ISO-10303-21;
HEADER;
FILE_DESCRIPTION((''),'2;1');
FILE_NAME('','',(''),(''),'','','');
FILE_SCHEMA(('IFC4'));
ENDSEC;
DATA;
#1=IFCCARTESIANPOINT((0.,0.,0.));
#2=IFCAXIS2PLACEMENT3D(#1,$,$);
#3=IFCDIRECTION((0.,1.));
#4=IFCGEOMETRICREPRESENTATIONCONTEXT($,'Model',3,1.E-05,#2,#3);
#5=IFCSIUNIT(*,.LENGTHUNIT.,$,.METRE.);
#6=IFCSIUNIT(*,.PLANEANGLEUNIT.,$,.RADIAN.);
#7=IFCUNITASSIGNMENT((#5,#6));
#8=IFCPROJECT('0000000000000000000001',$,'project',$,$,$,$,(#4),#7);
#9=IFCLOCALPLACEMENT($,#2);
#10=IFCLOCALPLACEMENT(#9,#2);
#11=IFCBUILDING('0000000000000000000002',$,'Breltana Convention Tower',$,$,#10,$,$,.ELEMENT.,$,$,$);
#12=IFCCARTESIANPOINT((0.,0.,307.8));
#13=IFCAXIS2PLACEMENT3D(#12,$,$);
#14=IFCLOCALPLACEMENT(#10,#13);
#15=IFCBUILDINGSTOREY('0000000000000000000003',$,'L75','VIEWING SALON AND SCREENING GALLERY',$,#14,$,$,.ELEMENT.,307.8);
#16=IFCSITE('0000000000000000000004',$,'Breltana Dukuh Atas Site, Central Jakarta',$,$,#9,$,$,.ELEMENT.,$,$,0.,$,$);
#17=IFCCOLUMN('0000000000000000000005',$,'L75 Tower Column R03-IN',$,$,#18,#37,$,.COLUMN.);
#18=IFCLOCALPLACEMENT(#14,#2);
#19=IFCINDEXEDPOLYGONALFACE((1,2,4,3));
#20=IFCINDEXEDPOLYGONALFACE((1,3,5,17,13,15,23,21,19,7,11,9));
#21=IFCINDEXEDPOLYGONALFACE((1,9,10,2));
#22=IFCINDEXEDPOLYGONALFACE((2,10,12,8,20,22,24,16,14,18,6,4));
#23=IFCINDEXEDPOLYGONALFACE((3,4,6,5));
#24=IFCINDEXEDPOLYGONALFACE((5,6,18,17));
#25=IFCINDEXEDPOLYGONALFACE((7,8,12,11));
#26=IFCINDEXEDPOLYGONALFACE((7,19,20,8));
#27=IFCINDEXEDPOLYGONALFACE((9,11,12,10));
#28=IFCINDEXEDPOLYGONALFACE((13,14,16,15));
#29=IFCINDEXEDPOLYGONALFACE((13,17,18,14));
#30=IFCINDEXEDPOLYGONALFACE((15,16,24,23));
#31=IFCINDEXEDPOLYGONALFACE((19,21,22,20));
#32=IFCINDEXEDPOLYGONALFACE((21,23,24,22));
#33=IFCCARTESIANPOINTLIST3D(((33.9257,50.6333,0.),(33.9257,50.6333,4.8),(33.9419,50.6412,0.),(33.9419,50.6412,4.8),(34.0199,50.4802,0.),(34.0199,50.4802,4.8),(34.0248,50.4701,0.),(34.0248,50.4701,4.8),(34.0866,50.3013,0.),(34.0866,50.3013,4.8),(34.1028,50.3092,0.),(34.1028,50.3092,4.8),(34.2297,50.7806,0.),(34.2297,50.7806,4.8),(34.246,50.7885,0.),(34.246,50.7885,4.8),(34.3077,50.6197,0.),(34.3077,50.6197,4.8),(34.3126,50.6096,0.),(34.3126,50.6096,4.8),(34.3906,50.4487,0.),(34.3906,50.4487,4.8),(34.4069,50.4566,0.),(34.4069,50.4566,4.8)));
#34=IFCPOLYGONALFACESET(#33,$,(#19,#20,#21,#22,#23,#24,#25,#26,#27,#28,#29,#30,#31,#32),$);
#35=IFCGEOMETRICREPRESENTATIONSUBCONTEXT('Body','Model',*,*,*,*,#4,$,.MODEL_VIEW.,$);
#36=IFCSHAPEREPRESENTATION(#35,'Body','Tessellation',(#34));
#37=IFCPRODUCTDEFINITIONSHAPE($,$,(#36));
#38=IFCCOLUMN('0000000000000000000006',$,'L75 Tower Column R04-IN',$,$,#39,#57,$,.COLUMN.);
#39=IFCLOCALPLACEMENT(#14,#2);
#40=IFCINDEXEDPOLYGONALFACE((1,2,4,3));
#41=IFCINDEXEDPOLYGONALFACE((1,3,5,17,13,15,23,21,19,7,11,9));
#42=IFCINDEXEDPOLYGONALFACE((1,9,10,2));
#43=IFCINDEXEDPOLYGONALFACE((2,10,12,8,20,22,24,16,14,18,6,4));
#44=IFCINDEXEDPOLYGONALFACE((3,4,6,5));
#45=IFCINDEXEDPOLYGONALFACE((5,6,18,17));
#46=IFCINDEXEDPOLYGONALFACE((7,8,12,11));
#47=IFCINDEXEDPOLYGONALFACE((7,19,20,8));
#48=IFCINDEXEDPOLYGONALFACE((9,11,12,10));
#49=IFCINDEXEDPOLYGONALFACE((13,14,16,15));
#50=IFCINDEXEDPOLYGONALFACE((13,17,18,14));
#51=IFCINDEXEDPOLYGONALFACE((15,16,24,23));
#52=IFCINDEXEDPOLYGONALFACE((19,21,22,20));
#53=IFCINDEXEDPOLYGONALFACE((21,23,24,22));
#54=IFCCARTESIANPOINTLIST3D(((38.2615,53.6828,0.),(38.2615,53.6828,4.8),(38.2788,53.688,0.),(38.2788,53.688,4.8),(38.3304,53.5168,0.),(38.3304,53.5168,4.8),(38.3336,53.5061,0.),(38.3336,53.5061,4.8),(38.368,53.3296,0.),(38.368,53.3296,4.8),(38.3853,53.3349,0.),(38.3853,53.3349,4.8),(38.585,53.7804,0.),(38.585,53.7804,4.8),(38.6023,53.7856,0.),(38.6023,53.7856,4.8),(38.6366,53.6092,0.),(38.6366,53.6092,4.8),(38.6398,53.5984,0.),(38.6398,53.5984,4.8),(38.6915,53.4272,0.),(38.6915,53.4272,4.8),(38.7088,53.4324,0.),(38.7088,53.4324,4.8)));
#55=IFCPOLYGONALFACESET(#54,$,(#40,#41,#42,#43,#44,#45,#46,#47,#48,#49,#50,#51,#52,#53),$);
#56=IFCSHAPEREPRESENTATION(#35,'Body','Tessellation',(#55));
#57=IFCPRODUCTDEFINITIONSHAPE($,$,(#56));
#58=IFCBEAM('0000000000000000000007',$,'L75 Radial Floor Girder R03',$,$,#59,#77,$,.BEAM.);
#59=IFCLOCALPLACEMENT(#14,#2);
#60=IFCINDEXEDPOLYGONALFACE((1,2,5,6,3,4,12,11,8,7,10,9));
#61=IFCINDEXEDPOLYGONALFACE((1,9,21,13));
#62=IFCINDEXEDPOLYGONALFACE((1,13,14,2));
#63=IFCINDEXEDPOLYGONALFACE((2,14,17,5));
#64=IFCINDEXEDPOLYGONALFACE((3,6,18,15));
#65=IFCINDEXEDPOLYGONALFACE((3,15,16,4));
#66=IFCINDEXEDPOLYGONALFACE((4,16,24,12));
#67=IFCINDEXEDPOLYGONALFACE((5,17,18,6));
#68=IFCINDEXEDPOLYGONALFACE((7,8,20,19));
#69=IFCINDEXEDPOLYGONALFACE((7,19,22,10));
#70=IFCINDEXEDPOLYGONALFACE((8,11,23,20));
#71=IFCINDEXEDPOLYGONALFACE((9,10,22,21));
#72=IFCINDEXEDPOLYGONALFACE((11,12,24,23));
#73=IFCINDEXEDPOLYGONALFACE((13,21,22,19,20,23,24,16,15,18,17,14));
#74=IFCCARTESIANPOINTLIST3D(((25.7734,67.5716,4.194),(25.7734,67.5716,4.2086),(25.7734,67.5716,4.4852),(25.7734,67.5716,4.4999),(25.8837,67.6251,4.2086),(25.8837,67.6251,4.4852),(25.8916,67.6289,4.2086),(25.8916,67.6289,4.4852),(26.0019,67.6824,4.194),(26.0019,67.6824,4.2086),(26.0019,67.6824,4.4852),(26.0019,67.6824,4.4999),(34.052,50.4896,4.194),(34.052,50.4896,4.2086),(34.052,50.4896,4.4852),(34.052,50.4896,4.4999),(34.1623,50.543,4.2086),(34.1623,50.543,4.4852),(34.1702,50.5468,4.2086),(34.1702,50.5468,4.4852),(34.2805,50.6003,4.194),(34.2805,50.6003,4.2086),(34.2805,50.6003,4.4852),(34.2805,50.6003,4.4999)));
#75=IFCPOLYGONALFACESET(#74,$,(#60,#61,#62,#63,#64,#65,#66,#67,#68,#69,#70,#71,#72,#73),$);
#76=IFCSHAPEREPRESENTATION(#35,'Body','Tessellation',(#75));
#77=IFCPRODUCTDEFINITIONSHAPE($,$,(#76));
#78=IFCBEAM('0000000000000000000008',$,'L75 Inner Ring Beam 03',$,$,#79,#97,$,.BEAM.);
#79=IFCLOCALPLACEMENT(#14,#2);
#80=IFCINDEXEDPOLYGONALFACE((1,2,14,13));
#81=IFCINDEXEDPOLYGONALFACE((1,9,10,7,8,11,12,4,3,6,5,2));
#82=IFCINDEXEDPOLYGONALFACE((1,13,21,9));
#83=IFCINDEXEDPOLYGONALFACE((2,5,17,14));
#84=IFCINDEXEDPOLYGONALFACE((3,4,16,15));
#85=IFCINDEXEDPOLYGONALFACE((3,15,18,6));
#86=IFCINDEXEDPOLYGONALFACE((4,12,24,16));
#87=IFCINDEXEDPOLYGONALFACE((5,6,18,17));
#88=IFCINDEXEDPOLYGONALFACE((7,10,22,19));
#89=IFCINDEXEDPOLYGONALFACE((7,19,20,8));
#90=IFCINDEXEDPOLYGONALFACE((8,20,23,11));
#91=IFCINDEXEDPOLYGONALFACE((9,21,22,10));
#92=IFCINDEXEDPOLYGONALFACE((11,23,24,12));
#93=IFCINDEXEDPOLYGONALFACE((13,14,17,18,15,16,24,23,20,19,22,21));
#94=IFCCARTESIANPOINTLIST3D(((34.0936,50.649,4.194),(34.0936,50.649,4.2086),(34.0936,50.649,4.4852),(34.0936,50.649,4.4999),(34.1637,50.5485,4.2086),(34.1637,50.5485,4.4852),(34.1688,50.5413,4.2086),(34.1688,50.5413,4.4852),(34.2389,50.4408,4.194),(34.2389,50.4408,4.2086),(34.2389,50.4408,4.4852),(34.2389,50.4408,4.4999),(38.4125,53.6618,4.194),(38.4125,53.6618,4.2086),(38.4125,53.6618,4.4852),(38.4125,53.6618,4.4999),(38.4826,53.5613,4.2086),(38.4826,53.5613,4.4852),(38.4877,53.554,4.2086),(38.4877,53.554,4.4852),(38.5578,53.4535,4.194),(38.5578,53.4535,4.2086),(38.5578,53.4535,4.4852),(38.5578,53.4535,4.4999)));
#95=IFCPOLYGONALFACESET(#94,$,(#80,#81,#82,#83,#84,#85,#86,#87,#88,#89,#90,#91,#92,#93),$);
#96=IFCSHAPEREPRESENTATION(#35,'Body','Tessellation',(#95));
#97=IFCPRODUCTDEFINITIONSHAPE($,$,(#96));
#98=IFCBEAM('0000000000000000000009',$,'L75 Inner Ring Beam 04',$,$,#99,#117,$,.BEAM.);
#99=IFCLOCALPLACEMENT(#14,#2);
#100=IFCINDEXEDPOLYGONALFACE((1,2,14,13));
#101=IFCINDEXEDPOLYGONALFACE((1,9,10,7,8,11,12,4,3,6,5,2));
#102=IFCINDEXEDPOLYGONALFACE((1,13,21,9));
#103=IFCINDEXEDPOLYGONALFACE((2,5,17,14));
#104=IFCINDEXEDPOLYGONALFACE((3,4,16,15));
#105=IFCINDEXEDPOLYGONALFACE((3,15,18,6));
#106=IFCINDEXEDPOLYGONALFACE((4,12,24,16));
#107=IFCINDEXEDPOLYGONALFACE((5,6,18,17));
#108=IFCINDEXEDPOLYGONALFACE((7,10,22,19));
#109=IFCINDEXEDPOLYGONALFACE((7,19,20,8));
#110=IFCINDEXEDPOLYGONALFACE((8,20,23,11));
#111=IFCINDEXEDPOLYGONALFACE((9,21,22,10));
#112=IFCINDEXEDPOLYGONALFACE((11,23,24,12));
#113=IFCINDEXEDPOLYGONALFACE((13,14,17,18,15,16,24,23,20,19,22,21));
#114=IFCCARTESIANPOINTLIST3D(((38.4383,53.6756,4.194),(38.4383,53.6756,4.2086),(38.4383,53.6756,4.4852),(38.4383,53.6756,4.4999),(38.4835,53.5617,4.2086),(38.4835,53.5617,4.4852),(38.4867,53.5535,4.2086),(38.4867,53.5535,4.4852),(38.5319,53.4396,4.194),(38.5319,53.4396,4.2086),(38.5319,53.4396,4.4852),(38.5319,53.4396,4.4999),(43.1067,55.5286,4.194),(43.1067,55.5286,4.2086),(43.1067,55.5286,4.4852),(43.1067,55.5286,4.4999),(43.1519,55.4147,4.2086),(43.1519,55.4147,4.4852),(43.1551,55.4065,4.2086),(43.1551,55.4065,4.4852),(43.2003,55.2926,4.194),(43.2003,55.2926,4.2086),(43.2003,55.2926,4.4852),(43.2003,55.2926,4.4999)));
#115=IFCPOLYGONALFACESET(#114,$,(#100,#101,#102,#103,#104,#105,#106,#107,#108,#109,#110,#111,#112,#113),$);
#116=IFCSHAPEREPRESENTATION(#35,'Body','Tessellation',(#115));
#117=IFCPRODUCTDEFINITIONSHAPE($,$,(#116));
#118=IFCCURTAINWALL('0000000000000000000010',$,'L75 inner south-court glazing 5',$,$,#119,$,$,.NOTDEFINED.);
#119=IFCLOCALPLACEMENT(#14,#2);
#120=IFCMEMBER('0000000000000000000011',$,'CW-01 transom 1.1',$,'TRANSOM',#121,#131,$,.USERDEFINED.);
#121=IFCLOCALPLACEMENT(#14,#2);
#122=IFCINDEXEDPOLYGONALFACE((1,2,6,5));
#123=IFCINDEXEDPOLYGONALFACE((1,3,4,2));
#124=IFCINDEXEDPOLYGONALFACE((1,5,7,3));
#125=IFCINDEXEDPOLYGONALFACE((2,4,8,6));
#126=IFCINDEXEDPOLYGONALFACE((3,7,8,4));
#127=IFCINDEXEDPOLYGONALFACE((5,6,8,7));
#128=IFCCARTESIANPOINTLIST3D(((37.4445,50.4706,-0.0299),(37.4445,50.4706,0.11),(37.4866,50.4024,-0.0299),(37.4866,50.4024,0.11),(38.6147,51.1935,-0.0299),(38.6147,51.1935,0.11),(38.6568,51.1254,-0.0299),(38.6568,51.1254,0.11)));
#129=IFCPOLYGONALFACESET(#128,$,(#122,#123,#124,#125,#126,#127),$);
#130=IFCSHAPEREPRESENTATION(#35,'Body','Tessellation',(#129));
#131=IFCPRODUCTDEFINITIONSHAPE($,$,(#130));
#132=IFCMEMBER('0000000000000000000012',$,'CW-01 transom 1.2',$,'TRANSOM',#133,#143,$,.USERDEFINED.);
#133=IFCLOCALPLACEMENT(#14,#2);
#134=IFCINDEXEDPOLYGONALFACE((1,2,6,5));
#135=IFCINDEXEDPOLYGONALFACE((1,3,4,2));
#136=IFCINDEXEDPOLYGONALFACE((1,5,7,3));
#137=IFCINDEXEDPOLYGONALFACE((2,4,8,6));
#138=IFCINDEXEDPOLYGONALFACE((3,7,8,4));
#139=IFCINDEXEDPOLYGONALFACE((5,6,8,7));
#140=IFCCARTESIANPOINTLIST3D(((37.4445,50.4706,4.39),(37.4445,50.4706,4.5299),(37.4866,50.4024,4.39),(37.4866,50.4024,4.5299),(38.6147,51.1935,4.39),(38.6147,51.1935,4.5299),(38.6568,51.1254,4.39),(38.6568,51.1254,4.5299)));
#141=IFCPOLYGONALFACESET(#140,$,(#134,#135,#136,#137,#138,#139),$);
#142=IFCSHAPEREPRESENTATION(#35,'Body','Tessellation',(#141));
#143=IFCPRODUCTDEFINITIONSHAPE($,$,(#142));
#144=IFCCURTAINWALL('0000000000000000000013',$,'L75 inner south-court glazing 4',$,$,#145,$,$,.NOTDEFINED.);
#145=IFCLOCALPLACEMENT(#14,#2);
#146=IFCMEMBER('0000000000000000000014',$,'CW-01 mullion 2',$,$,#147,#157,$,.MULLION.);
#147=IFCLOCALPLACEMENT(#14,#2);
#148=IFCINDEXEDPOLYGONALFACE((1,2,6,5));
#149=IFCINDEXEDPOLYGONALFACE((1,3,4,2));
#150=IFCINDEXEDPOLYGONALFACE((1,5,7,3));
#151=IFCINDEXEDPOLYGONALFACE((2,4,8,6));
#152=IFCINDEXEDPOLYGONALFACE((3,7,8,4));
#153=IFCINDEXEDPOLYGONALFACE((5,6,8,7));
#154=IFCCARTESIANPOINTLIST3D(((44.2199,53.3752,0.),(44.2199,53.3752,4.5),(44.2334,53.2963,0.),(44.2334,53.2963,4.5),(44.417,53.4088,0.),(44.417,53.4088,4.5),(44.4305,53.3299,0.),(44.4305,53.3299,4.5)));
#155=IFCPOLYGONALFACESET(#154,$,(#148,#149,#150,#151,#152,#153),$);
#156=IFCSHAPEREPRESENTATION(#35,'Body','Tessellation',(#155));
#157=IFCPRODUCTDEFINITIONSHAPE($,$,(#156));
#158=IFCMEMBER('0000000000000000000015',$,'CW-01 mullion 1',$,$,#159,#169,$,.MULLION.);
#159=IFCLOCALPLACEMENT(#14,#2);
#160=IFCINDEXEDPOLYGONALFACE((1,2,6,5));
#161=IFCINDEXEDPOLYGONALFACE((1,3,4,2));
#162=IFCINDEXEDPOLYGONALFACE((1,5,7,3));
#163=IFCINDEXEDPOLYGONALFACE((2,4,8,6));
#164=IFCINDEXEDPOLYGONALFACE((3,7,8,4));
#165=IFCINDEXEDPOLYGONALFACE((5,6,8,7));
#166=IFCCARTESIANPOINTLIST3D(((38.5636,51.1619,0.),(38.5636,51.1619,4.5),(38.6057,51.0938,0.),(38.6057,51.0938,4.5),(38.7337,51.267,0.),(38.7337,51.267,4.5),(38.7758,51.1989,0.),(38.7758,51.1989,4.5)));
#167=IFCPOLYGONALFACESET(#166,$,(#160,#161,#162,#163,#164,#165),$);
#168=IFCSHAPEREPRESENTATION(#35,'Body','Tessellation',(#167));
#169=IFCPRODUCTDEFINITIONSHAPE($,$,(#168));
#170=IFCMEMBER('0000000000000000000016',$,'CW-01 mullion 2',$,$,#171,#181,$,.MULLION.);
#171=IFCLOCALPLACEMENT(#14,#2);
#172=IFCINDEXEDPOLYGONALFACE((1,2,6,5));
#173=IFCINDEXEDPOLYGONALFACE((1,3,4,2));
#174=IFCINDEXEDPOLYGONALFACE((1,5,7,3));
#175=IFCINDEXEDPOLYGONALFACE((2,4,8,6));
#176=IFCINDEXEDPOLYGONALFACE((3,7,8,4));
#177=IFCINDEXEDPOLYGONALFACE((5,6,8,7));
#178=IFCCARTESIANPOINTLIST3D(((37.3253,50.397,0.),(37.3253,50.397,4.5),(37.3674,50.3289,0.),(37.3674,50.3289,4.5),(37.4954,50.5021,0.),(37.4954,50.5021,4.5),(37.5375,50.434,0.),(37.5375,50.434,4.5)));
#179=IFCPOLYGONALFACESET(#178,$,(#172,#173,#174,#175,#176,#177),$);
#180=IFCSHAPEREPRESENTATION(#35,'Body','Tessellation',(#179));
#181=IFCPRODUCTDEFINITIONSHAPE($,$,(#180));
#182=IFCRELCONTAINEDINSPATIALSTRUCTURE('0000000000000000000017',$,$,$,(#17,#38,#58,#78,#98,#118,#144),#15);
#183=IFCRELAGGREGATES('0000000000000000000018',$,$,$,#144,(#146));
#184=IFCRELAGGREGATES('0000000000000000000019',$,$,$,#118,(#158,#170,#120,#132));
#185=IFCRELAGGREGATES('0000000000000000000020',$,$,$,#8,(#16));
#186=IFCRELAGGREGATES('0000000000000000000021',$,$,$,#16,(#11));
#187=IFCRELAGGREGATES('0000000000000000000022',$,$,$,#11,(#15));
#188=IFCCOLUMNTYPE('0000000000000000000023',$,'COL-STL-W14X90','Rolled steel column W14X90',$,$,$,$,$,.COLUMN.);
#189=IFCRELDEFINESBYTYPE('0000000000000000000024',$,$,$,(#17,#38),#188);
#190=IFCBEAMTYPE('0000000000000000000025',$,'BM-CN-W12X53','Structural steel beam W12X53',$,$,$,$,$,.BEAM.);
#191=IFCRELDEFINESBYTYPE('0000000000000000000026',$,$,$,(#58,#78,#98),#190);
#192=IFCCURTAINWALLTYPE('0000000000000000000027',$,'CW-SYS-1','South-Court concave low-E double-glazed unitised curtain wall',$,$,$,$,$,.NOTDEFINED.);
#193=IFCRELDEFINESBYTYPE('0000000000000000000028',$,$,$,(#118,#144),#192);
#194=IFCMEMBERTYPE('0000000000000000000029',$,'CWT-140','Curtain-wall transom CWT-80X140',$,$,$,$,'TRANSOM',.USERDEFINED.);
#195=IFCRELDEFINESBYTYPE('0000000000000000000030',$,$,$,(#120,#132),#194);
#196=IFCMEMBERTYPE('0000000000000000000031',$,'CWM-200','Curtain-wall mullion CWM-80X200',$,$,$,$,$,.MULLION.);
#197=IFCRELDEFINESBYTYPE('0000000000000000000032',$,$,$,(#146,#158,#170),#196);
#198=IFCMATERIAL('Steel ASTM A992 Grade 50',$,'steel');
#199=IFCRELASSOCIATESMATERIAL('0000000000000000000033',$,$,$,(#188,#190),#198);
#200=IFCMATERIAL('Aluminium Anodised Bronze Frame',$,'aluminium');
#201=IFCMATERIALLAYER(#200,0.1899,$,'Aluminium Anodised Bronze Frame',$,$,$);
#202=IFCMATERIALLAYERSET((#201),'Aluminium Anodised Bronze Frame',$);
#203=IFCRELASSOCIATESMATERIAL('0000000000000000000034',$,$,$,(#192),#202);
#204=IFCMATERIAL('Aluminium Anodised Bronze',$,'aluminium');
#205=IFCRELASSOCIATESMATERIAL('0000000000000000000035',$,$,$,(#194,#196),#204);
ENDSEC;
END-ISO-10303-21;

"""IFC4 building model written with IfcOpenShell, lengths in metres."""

from ifc_helpers import new_model, si_unit, direction, frame, origin, origin_2d, place, context, subcontext, project, spatial, rectangle, i_section, extrude, source, transform, mapped, material, layer, layer_set, material_profile, profile_set, type_object, type_shapes, element, aggregate, save


model = new_model("IFC4")

# Units and contexts
model_context = context("Model", 3, precision=1e-05, world=origin(), true_north=direction((0.0, 1.0)))
body_context = subcontext(model_context, "Body", "Model", "MODEL_VIEW")
ifc_project = project(units=[si_unit("LENGTHUNIT", "METRE"), si_unit("PLANEANGLEUNIT", "RADIAN")], contexts=[model_context])

# Site, building, storey
site_placement = place(None, origin())
site = spatial("IfcSite", under=ifc_project, at=site_placement, Name="Breltana Dukuh Atas Site, Central Jakarta", CompositionType="ELEMENT", RefElevation=0.0)
building_placement = place(site_placement, origin())
building = spatial("IfcBuilding", under=site, at=building_placement, Name="Breltana Convention Tower", CompositionType="ELEMENT")
storey_placement = place(building_placement, frame((0.0, 0.0, 307.8)))
storey = spatial("IfcBuildingStorey", under=building, at=storey_placement, Name="L75", Description="VIEWING SALON AND SCREENING GALLERY", CompositionType="ELEMENT", Elevation=307.8)

# Columns
ifc_material_1 = material(Name="Steel ASTM A992 Grade 50", Category="steel")
ifc_material_profile_1 = material_profile(ifc_material_1, i_section(OverallWidth=0.3689, OverallDepth=0.356, WebThickness=0.0112, FlangeThickness=0.0181, at=origin_2d()), Name="W14X90")
ifc_profile_set_1 = profile_set([ifc_material_profile_1], Name="Steel ASTM A992 Grade 50")
column_type = type_object("IfcColumnType", Name="COL-STL-W14X90", Description="Rolled steel column W14X90", PredefinedType="COLUMN", material=ifc_profile_set_1)
shared_shape_1 = source(origin(), body_context, "Body", "SweptSolid", [
    extrude(i_section(OverallWidth=0.3689, OverallDepth=0.356, WebThickness=0.0112, FlangeThickness=0.0181, at=origin_2d()), origin(), (0.0, 0.0, 1.0), 4.8),
])
type_shapes(column_type, [shared_shape_1])
for number, where, z_axis, x_axis, name in (
    (1, (34.1663, 50.5449, 0.0), (0.0, 0.0, 1.0), (-0.436174, 0.899863, 0.0), "L75 Tower Column R03-IN"),
    (2, (38.4851, 53.5576, 0.0), (0.0, 0.0, 1.0), (-0.288698, 0.95742, 0.0), "L75 Tower Column R04-IN"),
):
    element("IfcColumn", number, at=place(storey_placement, frame(where, z_axis=z_axis, x_axis=x_axis)), inside=storey, type_object=column_type, Name=name, PredefinedType="COLUMN", context=body_context, shape_type="MappedRepresentation", body=[
        mapped(shared_shape_1, transform((0.0, 0.0, 0.0), scale=1.0)),
    ])

# Beams
ifc_material_profile_2 = material_profile(ifc_material_1, i_section(OverallWidth=0.2539, OverallDepth=0.3059, WebThickness=0.0088, FlangeThickness=0.0146, at=origin_2d()), Name="W12X53")
ifc_profile_set_2 = profile_set([ifc_material_profile_2], Name="Steel ASTM A992 Grade 50")
beam_type = type_object("IfcBeamType", Name="BM-CN-W12X53", Description="Structural steel beam W12X53", PredefinedType="BEAM", material=ifc_profile_set_2)
shared_shape_2 = source(origin(), body_context, "Body", "SweptSolid", [
    extrude(i_section(OverallWidth=0.2539, OverallDepth=0.3059, WebThickness=0.0088, FlangeThickness=0.0146, at=origin_2d()), origin(), (0.0, 0.0, 1.0), 18.9824),
])
beam_1_placement = place(storey_placement, frame((34.1663, 50.5449, 4.3469), z_axis=(-0.436119, 0.899889, 0.0), x_axis=(-0.899889, -0.436119, 0.0)))
element("IfcBeam", 3, at=beam_1_placement, inside=storey, type_object=beam_type, Name="L75 Radial Floor Girder R03", PredefinedType="BEAM", context=body_context, shape_type="MappedRepresentation", body=[
    mapped(shared_shape_2, transform((0.0, 0.0, 0.0), scale=1.0)),
])
shared_shape_3 = source(origin(), body_context, "Body", "SweptSolid", [
    extrude(i_section(OverallWidth=0.2539, OverallDepth=0.3059, WebThickness=0.0088, FlangeThickness=0.0146, at=origin_2d()), origin(), (0.0, 0.0, 1.0), 5.2659),
])
beam_2_placement = place(storey_placement, frame((34.1663, 50.5449, 4.3469), z_axis=(0.820167, 0.572124, 0.0), x_axis=(-0.572124, 0.820167, 0.0)))
element("IfcBeam", 4, at=beam_2_placement, inside=storey, type_object=beam_type, Name="L75 Inner Ring Beam 03", PredefinedType="BEAM", context=body_context, shape_type="MappedRepresentation", body=[
    mapped(shared_shape_3, transform((0.0, 0.0, 0.0), scale=1.0)),
])
shared_shape_4 = source(origin(), body_context, "Body", "SweptSolid", [
    extrude(i_section(OverallWidth=0.2539, OverallDepth=0.3059, WebThickness=0.0088, FlangeThickness=0.0146, at=origin_2d()), origin(), (0.0, 0.0, 1.0), 5.0227),
])
beam_3_placement = place(storey_placement, frame((38.4851, 53.5576, 4.3469), z_axis=(0.929459, 0.368926, 0.0), x_axis=(-0.368926, 0.929459, 0.0)))
element("IfcBeam", 5, at=beam_3_placement, inside=storey, type_object=beam_type, Name="L75 Inner Ring Beam 04", PredefinedType="BEAM", context=body_context, shape_type="MappedRepresentation", body=[
    mapped(shared_shape_4, transform((0.0, 0.0, 0.0), scale=1.0)),
])

# Curtain wall, members
ifc_material_2 = material(Name="Aluminium Anodised Bronze Frame", Category="aluminium")
ifc_layer_1 = layer(ifc_material_2, 0.1899, Name="Aluminium Anodised Bronze Frame")
ifc_layer_set_1 = layer_set([ifc_layer_1], Name="Aluminium Anodised Bronze Frame")
curtain_wall_type = type_object("IfcCurtainWallType", Name="CW-SYS-1", Description="South-Court concave low-E double-glazed unitised curtain wall", PredefinedType="NOTDEFINED", material=ifc_layer_set_1)
curtain_wall_1_placement = place(storey_placement, origin())
curtain_wall_1 = element("IfcCurtainWall", 6, at=curtain_wall_1_placement, inside=storey, type_object=curtain_wall_type, Name="L75 inner south-court glazing 5", PredefinedType="NOTDEFINED")
ifc_material_3 = material(Name="Aluminium Anodised Bronze", Category="aluminium")
ifc_material_profile_3 = material_profile(ifc_material_3, rectangle(XDim=0.0801, YDim=0.1399, at=origin_2d()), Name="CWT-80X140")
ifc_profile_set_3 = profile_set([ifc_material_profile_3], Name="Aluminium Anodised Bronze")
member_type_1 = type_object("IfcMemberType", Name="CWT-140", Description="Curtain-wall transom CWT-80X140", ElementType="TRANSOM", PredefinedType="USERDEFINED", material=ifc_profile_set_3)
shared_shape_5 = source(origin(), body_context, "Body", "SweptSolid", [
    extrude(rectangle(XDim=0.0801, YDim=0.1399, at=origin_2d()), origin(), (0.0, 0.0, 1.0), 1.3755),
])
member_1_placement = place(storey_placement, frame((38.6357, 51.1594, 0.04), z_axis=(-0.850749, -0.525572, 0.0), x_axis=(0.525572, -0.850749, 0.0)))
member_1 = element("IfcMember", 7, at=member_1_placement, type_object=member_type_1, Name="CW-01 transom 1.1", ObjectType="TRANSOM", PredefinedType="USERDEFINED", context=body_context, shape_type="MappedRepresentation", body=[
    mapped(shared_shape_5, transform((0.0, 0.0, 0.0), scale=1.0)),
])
member_2_placement = place(storey_placement, frame((38.6357, 51.1594, 4.46), z_axis=(-0.850749, -0.525572, 0.0), x_axis=(0.525572, -0.850749, 0.0)))
member_2 = element("IfcMember", 8, at=member_2_placement, type_object=member_type_1, Name="CW-01 transom 1.2", ObjectType="TRANSOM", PredefinedType="USERDEFINED", context=body_context, shape_type="MappedRepresentation", body=[
    mapped(shared_shape_5, transform((0.0, 0.0, 0.0), scale=1.0)),
])

# Curtain wall, member
curtain_wall_2_placement = place(storey_placement, origin())
curtain_wall_2 = element("IfcCurtainWall", 9, at=curtain_wall_2_placement, inside=storey, type_object=curtain_wall_type, Name="L75 inner south-court glazing 4", PredefinedType="NOTDEFINED")
ifc_material_profile_4 = material_profile(ifc_material_3, rectangle(XDim=0.0801, YDim=0.2, at=origin_2d()), Name="CWM-80X200")
ifc_profile_set_4 = profile_set([ifc_material_profile_4], Name="Aluminium Anodised Bronze")
member_type_2 = type_object("IfcMemberType", Name="CWM-200", Description="Curtain-wall mullion CWM-80X200", PredefinedType="MULLION", material=ifc_profile_set_4)
shared_shape_6 = source(origin(), body_context, "Body", "SweptSolid", [
    extrude(rectangle(XDim=0.0801, YDim=0.2, at=origin_2d()), origin(), (0.0, 0.0, 1.0), 4.5),
])
member_3_placement = place(storey_placement, frame((44.3252, 53.3525, 0.0), z_axis=(0.0, 0.0, 1.0), x_axis=(0.168028, -0.985782, 0.0)))
member_3 = element("IfcMember", 10, at=member_3_placement, type_object=member_type_2, Name="CW-01 mullion 2", PredefinedType="MULLION", context=body_context, shape_type="MappedRepresentation", body=[
    mapped(shared_shape_6, transform((0.0, 0.0, 0.0), scale=1.0)),
])

# Members
member_4_placement = place(storey_placement, frame((38.6697, 51.1804, 0.0), z_axis=(0.0, 0.0, 1.0), x_axis=(0.525572, -0.850749, 0.0)))
member_4 = element("IfcMember", 11, at=member_4_placement, type_object=member_type_2, Name="CW-01 mullion 1", PredefinedType="MULLION", context=body_context, shape_type="MappedRepresentation", body=[
    mapped(shared_shape_6, transform((0.0, 0.0, 0.0), scale=1.0)),
])
member_5_placement = place(storey_placement, frame((37.4314, 50.4155, 0.0), z_axis=(0.0, 0.0, 1.0), x_axis=(0.525572, -0.850749, 0.0)))
member_5 = element("IfcMember", 12, at=member_5_placement, type_object=member_type_2, Name="CW-01 mullion 2", PredefinedType="MULLION", context=body_context, shape_type="MappedRepresentation", body=[
    mapped(shared_shape_6, transform((0.0, 0.0, 0.0), scale=1.0)),
])

aggregate(curtain_wall_2, [member_3])
aggregate(curtain_wall_1, [member_4, member_5, member_1, member_2])

save(model, "model.ifc")
